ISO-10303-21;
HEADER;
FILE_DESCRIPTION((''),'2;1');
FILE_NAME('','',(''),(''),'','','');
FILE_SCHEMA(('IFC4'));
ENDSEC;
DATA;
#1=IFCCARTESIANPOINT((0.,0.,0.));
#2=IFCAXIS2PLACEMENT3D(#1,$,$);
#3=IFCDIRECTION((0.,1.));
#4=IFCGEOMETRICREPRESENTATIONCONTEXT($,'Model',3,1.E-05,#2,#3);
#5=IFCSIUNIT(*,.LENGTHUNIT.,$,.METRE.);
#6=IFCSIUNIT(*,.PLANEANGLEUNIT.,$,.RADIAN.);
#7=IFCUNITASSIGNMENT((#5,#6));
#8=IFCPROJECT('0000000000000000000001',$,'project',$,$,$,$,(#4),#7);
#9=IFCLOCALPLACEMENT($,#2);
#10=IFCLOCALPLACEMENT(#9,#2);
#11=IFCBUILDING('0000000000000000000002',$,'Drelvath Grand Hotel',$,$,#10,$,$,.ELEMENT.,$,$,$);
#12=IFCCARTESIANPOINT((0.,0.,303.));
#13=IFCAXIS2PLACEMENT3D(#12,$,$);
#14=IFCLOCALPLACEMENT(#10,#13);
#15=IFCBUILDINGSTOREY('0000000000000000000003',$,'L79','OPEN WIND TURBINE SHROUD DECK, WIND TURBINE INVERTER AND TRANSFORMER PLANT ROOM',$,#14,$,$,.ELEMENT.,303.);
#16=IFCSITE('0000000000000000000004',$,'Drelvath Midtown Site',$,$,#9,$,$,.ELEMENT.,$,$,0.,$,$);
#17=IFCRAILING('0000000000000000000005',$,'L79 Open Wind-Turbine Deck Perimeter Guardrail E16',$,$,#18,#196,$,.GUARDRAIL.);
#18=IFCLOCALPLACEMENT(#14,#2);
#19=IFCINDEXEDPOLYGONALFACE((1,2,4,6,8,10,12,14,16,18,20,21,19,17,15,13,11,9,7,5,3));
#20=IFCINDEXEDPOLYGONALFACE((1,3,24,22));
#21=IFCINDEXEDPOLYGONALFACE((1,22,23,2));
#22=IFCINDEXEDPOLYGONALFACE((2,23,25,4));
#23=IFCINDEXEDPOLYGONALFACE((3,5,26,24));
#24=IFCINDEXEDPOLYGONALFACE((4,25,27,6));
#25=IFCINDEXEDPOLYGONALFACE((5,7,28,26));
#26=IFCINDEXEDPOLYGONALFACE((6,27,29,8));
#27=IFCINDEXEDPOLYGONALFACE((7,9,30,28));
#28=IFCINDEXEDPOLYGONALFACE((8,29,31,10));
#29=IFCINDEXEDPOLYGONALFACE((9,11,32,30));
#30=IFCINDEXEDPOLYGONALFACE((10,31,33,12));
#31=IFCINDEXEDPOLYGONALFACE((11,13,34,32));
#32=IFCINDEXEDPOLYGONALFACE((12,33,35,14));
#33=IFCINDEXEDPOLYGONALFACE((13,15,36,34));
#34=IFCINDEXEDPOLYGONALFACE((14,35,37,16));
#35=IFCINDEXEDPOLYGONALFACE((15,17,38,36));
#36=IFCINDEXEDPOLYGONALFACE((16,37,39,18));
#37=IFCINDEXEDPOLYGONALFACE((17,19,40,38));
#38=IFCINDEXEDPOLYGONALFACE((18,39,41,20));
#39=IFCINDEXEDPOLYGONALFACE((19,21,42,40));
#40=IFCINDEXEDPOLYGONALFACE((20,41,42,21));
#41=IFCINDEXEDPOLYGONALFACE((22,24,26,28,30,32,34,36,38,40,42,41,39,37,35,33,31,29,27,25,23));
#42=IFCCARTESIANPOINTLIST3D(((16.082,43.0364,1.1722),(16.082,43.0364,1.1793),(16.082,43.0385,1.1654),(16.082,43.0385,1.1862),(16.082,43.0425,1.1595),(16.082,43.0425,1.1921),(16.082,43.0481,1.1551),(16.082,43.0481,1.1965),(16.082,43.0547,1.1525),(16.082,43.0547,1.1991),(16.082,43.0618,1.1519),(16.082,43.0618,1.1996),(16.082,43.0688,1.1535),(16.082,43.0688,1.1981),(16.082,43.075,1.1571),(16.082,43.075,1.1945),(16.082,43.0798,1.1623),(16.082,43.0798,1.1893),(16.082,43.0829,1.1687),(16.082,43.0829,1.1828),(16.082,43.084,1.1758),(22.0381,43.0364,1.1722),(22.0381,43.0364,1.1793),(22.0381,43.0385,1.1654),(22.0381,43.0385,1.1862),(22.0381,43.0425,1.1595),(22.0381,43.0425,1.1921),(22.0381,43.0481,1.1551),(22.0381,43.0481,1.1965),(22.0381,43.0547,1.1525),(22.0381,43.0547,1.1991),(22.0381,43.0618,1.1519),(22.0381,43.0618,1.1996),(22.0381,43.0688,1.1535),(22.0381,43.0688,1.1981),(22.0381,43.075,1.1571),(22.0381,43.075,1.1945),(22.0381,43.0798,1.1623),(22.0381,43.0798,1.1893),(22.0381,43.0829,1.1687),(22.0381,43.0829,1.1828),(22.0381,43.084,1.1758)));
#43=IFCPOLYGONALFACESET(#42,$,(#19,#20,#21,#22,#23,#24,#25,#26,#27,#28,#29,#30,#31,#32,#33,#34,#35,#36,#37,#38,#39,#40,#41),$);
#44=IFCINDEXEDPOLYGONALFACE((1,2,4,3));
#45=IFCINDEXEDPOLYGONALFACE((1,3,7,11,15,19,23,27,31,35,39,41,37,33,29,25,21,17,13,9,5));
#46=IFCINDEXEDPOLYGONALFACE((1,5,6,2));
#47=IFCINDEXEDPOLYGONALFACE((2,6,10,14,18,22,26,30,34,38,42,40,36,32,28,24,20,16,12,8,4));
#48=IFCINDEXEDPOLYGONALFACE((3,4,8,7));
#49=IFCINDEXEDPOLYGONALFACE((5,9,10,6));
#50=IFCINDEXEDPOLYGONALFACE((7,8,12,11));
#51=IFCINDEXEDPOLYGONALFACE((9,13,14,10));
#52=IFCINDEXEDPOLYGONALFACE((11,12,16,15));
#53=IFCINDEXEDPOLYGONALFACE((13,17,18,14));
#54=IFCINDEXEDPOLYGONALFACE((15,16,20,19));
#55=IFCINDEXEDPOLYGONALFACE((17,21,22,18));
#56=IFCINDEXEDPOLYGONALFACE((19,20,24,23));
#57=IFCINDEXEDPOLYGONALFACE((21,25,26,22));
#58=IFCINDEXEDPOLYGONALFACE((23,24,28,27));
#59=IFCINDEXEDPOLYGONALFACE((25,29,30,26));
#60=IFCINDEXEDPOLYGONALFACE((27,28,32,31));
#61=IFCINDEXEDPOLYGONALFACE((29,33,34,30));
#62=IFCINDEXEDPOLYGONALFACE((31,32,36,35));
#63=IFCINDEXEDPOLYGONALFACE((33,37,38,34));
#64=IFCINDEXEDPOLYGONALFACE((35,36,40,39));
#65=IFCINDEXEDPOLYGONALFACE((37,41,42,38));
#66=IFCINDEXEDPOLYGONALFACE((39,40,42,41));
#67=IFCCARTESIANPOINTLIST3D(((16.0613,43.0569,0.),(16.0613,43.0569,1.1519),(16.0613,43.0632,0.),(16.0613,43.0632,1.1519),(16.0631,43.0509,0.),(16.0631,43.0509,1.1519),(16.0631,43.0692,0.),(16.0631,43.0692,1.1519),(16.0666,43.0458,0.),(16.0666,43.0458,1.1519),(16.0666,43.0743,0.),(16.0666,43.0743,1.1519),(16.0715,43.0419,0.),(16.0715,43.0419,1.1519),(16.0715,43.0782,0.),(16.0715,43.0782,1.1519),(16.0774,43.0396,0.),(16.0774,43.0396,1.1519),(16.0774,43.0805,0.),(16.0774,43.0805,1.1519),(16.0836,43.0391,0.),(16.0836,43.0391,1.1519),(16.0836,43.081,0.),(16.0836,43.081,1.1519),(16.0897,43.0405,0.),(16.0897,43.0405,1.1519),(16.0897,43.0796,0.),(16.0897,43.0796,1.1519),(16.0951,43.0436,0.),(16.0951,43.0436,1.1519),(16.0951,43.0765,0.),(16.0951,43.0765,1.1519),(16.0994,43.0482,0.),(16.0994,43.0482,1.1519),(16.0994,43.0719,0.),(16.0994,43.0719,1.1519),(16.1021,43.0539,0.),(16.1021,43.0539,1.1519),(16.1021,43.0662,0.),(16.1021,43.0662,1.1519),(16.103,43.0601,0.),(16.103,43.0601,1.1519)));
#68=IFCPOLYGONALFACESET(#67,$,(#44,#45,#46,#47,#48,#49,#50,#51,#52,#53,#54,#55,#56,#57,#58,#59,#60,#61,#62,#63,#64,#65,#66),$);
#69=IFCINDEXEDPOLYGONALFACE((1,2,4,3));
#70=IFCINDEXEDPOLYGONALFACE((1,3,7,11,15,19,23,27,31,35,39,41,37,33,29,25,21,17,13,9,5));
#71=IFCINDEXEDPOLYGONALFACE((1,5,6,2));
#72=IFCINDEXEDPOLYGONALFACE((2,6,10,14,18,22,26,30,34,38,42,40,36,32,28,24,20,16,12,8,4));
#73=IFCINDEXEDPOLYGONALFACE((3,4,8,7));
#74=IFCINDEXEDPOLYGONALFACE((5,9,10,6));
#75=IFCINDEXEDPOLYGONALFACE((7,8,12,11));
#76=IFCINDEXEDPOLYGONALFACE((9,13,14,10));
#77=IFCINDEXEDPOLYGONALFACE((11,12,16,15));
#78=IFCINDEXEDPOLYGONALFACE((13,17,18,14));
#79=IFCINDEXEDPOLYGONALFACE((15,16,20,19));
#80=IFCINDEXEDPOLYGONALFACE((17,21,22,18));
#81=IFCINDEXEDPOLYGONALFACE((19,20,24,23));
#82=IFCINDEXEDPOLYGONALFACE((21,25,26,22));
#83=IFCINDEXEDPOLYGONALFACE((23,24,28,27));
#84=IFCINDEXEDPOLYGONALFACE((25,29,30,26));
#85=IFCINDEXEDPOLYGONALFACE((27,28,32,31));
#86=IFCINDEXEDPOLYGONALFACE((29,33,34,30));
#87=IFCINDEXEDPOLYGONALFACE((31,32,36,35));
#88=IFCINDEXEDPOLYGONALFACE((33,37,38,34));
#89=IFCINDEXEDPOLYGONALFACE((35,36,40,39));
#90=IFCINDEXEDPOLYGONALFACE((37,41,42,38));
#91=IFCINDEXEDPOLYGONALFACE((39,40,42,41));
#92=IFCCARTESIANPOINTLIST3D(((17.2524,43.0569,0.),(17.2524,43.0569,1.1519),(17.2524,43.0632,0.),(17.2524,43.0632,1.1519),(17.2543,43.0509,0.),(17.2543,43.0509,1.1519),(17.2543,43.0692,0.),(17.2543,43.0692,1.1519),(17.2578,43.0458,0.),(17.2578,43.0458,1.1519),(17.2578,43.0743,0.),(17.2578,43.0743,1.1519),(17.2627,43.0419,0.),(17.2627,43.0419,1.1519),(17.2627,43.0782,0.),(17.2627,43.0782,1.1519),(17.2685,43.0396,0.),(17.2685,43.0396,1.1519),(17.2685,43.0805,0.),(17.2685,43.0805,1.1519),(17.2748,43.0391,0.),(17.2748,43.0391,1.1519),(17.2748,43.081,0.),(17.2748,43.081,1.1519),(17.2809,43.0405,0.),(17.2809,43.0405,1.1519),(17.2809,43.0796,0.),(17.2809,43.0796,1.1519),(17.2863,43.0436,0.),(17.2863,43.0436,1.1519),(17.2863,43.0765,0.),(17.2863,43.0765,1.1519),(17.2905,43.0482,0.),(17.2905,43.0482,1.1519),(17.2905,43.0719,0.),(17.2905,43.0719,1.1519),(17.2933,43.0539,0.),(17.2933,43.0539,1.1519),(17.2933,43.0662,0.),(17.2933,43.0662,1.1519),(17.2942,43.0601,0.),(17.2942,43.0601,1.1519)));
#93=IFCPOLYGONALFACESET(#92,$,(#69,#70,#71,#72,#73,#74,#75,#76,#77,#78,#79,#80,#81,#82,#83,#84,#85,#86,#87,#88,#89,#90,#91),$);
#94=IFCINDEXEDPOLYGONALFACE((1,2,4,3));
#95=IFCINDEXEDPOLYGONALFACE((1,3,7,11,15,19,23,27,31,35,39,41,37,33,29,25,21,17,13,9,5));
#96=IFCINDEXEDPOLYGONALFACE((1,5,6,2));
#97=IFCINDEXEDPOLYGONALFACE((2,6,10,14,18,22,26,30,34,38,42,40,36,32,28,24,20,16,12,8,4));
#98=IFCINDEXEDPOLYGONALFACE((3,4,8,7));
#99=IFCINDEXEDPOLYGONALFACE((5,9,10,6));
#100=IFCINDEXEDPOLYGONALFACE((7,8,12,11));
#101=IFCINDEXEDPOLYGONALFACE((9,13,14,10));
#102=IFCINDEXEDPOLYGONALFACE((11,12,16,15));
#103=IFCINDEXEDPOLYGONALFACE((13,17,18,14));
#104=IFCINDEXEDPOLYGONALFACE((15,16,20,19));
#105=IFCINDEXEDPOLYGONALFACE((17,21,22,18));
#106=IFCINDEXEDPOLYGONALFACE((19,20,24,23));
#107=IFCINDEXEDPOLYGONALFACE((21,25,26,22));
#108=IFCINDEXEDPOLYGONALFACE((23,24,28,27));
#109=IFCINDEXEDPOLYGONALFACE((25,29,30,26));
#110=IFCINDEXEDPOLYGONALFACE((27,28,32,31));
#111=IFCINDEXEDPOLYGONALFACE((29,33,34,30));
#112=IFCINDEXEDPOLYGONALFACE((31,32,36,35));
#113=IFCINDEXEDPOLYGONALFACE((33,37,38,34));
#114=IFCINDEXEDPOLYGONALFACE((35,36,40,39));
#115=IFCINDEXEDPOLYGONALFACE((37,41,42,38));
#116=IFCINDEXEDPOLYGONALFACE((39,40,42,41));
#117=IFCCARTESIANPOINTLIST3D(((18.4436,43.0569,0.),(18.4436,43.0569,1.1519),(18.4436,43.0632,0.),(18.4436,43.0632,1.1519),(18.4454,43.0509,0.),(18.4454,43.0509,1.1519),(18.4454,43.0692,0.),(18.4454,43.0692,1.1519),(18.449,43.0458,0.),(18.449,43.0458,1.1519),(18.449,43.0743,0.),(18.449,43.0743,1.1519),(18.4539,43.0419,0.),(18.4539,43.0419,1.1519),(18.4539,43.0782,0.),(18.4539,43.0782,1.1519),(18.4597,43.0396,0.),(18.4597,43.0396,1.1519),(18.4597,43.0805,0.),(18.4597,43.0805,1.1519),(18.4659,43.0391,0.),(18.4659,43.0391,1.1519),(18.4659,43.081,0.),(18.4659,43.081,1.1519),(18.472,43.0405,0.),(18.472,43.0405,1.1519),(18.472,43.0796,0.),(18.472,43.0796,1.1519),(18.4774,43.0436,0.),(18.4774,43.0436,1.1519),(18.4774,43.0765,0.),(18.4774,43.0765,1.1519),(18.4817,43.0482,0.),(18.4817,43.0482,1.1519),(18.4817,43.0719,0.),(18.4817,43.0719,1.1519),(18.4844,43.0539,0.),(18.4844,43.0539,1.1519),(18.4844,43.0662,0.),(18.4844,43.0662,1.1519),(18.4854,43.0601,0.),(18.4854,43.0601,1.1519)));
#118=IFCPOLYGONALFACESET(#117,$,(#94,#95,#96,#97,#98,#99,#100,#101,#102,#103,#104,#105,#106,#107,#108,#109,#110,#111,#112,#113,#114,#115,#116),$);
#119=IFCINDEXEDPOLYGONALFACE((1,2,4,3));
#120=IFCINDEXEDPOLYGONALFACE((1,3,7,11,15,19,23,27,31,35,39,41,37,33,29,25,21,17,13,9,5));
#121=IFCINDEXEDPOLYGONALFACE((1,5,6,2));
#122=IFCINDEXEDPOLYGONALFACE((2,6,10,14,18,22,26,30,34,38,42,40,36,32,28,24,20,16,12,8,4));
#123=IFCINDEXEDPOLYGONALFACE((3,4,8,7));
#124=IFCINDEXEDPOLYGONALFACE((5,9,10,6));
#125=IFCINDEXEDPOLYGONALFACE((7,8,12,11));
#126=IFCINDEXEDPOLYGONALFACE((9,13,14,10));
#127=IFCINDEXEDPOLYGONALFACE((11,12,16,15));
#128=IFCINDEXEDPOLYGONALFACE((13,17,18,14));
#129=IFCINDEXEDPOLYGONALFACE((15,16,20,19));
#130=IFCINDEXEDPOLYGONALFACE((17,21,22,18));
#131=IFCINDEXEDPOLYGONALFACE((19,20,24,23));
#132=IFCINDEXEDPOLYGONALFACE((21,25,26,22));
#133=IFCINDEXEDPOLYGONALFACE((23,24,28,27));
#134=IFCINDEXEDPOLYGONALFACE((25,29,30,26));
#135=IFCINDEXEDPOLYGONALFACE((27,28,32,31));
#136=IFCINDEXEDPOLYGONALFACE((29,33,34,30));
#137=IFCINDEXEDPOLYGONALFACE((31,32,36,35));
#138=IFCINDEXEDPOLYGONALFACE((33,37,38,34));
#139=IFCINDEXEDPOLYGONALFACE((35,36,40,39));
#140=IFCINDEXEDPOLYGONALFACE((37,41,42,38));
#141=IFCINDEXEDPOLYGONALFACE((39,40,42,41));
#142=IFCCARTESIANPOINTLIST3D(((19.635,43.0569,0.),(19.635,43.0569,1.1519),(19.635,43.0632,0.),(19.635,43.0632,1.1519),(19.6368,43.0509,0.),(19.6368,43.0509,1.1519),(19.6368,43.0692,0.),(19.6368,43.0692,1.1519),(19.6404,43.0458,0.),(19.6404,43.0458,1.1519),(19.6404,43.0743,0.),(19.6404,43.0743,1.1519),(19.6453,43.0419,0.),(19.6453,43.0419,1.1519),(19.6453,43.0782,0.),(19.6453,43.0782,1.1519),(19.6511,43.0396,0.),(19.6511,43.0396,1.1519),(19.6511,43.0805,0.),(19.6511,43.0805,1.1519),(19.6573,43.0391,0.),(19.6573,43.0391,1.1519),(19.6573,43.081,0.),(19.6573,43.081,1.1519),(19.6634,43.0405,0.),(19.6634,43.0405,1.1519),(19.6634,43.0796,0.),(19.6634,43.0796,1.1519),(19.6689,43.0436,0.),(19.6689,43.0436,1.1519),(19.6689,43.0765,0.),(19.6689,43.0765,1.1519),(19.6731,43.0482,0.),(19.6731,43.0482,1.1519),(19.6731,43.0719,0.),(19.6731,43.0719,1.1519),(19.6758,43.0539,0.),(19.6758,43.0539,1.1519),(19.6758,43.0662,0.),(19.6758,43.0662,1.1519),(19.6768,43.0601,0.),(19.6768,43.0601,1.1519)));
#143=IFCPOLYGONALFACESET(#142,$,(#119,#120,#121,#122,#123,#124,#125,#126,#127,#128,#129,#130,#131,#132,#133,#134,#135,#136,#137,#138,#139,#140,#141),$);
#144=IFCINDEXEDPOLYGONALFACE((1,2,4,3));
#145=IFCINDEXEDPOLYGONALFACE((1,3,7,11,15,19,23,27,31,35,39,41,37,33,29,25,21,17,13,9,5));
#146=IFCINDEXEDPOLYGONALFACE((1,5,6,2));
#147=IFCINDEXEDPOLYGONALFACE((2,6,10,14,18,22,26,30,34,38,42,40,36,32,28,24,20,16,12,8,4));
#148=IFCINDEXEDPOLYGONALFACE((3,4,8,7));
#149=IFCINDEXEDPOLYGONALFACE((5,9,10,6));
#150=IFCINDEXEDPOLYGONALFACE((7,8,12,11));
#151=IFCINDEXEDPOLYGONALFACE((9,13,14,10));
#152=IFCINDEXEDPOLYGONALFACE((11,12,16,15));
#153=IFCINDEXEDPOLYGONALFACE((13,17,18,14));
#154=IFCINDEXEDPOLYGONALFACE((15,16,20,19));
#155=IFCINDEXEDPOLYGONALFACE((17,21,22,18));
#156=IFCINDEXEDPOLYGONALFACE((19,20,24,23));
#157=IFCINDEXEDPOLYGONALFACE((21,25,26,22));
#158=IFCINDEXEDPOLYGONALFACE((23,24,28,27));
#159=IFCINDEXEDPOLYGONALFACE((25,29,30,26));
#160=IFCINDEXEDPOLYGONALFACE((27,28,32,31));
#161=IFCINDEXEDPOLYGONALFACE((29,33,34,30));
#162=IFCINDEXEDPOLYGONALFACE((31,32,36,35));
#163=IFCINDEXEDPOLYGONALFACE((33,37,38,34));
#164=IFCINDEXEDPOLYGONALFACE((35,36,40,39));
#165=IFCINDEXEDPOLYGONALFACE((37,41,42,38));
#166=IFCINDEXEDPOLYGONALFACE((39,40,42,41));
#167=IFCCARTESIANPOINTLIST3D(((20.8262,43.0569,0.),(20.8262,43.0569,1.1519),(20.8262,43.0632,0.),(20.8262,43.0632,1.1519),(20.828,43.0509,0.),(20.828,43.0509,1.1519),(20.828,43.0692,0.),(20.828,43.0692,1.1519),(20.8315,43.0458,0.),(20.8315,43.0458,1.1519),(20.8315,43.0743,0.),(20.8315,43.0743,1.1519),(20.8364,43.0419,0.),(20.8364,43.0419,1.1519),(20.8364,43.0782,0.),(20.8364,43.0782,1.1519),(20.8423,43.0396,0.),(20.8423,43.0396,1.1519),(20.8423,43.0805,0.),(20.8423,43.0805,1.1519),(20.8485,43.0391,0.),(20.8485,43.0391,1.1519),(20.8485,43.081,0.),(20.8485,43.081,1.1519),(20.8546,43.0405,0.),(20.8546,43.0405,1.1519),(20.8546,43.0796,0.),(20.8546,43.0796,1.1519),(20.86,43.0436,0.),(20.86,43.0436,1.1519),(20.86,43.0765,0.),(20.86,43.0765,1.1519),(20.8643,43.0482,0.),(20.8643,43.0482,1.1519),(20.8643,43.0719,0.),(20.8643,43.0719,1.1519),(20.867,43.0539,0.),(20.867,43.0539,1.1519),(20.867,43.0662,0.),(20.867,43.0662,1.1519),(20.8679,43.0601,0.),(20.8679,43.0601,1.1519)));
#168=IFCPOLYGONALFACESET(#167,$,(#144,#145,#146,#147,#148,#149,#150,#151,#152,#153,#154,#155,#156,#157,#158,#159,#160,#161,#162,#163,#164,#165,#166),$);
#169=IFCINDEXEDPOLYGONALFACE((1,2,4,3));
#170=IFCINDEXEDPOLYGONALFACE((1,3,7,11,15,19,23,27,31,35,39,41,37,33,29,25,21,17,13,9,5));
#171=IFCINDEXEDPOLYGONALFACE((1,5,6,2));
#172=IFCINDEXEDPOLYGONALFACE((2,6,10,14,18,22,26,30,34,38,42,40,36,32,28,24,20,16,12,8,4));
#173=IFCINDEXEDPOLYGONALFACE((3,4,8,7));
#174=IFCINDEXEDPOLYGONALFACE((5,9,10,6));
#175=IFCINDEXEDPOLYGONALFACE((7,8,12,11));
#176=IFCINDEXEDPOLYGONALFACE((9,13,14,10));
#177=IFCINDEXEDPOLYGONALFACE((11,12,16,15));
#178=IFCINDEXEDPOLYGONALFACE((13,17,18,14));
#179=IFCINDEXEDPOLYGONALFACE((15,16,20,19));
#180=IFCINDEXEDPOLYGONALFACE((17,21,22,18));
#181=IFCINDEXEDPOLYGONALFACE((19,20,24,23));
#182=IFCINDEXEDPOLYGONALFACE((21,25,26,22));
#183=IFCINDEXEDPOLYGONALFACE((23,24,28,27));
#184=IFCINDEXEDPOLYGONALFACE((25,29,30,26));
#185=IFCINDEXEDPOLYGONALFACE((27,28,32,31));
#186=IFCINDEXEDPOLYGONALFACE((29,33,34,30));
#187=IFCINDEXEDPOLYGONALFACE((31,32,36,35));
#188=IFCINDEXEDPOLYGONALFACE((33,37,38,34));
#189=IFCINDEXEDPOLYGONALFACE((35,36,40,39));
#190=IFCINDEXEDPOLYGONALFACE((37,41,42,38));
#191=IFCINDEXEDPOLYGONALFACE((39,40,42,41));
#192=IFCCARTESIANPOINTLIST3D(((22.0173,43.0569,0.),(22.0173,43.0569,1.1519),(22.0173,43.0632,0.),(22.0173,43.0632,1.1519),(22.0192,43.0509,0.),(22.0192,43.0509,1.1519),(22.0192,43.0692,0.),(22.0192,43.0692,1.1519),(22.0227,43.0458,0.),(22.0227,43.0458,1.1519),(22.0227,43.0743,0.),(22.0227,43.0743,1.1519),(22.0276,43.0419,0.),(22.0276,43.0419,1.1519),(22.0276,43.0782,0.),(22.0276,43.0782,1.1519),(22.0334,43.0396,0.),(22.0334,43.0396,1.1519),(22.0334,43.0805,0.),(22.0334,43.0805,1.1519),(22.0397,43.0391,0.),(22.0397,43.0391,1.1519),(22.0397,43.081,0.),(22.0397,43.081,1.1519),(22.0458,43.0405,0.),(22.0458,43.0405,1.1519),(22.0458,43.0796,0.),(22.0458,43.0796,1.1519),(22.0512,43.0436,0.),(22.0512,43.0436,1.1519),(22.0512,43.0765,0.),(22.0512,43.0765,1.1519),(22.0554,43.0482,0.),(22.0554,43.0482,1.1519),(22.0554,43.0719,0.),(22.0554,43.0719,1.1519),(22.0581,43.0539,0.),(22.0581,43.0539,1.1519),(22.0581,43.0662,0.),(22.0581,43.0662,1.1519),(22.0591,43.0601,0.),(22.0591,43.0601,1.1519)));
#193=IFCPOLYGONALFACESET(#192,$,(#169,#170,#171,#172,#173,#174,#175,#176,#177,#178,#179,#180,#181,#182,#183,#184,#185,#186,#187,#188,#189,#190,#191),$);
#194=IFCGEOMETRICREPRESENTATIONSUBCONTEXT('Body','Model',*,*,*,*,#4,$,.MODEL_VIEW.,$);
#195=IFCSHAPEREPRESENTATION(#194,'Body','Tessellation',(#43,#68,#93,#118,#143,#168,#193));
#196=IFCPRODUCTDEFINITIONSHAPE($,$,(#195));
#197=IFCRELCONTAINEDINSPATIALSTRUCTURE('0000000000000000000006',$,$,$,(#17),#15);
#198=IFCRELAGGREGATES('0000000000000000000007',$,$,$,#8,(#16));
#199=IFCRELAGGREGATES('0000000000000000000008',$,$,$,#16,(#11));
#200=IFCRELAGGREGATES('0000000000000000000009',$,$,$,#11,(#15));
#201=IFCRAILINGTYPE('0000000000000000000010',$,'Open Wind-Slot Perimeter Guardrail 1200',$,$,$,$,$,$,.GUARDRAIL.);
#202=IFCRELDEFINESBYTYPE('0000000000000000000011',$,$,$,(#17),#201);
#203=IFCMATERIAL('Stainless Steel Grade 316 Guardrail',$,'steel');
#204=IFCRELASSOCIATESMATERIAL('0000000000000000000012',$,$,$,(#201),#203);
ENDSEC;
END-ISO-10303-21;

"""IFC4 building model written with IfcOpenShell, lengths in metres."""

from ifc_helpers import new_model, si_unit, direction, frame, origin, origin_2d, place, context, subcontext, project, spatial, circle, extrude, material, type_object, element, save


model = new_model("IFC4")

# Units and contexts
model_context = context("Model", 3, precision=1e-05, world=origin(), true_north=direction((0.0, 1.0)))
body_context = subcontext(model_context, "Body", "Model", "MODEL_VIEW")
ifc_project = project(units=[si_unit("LENGTHUNIT", "METRE"), si_unit("PLANEANGLEUNIT", "RADIAN")], contexts=[model_context])

# Site, building, storey
site_placement = place(None, origin())
site = spatial("IfcSite", under=ifc_project, at=site_placement, Name="Drelvath Midtown Site", CompositionType="ELEMENT", RefElevation=0.0)
building_placement = place(site_placement, origin())
building = spatial("IfcBuilding", under=site, at=building_placement, Name="Drelvath Grand Hotel", CompositionType="ELEMENT")
storey_placement = place(building_placement, frame((0.0, 0.0, 303.0)))
storey = spatial("IfcBuildingStorey", under=building, at=storey_placement, Name="L79", Description="OPEN WIND TURBINE SHROUD DECK, WIND TURBINE INVERTER AND TRANSFORMER PLANT ROOM", CompositionType="ELEMENT", Elevation=303.0)

# Railing
ifc_material_1 = material(Name="Stainless Steel Grade 316 Guardrail", Category="steel")
railing_type = type_object("IfcRailingType", Name="Open Wind-Slot Perimeter Guardrail 1200", PredefinedType="GUARDRAIL", material=ifc_material_1)
railing_1_placement = place(storey_placement, frame((16.082, 43.0601, 0.0)))
element("IfcRailing", 1, at=railing_1_placement, inside=storey, type_object=railing_type, Name="L79 Open Wind-Turbine Deck Perimeter Guardrail E16", PredefinedType="GUARDRAIL", context=body_context, shape_type="SweptSolid", body=[
    extrude(circle(Radius=0.0239, at=origin_2d()), frame((0.0, 0.0, 1.1758), z_axis=(1.0, 0.0, 0.0), x_axis=(0.0, 1.0, 0.0)), (0.0, 0.0, 1.0), 5.9561),
    extrude(circle(Radius=0.021, at=origin_2d()), origin(), (0.0, 0.0, 1.0), 1.1519),
    extrude(circle(Radius=0.021, at=origin_2d()), frame((1.1912, 0.0, 0.0)), (0.0, 0.0, 1.0), 1.1519),
    extrude(circle(Radius=0.021, at=origin_2d()), frame((2.3823, 0.0, 0.0)), (0.0, 0.0, 1.0), 1.1519),
    extrude(circle(Radius=0.021, at=origin_2d()), frame((3.5737, 0.0, 0.0)), (0.0, 0.0, 1.0), 1.1519),
    extrude(circle(Radius=0.021, at=origin_2d()), frame((4.7649, 0.0, 0.0)), (0.0, 0.0, 1.0), 1.1519),
    extrude(circle(Radius=0.021, at=origin_2d()), frame((5.9561, 0.0, 0.0)), (0.0, 0.0, 1.0), 1.1519),
])

save(model, "model.ifc")
